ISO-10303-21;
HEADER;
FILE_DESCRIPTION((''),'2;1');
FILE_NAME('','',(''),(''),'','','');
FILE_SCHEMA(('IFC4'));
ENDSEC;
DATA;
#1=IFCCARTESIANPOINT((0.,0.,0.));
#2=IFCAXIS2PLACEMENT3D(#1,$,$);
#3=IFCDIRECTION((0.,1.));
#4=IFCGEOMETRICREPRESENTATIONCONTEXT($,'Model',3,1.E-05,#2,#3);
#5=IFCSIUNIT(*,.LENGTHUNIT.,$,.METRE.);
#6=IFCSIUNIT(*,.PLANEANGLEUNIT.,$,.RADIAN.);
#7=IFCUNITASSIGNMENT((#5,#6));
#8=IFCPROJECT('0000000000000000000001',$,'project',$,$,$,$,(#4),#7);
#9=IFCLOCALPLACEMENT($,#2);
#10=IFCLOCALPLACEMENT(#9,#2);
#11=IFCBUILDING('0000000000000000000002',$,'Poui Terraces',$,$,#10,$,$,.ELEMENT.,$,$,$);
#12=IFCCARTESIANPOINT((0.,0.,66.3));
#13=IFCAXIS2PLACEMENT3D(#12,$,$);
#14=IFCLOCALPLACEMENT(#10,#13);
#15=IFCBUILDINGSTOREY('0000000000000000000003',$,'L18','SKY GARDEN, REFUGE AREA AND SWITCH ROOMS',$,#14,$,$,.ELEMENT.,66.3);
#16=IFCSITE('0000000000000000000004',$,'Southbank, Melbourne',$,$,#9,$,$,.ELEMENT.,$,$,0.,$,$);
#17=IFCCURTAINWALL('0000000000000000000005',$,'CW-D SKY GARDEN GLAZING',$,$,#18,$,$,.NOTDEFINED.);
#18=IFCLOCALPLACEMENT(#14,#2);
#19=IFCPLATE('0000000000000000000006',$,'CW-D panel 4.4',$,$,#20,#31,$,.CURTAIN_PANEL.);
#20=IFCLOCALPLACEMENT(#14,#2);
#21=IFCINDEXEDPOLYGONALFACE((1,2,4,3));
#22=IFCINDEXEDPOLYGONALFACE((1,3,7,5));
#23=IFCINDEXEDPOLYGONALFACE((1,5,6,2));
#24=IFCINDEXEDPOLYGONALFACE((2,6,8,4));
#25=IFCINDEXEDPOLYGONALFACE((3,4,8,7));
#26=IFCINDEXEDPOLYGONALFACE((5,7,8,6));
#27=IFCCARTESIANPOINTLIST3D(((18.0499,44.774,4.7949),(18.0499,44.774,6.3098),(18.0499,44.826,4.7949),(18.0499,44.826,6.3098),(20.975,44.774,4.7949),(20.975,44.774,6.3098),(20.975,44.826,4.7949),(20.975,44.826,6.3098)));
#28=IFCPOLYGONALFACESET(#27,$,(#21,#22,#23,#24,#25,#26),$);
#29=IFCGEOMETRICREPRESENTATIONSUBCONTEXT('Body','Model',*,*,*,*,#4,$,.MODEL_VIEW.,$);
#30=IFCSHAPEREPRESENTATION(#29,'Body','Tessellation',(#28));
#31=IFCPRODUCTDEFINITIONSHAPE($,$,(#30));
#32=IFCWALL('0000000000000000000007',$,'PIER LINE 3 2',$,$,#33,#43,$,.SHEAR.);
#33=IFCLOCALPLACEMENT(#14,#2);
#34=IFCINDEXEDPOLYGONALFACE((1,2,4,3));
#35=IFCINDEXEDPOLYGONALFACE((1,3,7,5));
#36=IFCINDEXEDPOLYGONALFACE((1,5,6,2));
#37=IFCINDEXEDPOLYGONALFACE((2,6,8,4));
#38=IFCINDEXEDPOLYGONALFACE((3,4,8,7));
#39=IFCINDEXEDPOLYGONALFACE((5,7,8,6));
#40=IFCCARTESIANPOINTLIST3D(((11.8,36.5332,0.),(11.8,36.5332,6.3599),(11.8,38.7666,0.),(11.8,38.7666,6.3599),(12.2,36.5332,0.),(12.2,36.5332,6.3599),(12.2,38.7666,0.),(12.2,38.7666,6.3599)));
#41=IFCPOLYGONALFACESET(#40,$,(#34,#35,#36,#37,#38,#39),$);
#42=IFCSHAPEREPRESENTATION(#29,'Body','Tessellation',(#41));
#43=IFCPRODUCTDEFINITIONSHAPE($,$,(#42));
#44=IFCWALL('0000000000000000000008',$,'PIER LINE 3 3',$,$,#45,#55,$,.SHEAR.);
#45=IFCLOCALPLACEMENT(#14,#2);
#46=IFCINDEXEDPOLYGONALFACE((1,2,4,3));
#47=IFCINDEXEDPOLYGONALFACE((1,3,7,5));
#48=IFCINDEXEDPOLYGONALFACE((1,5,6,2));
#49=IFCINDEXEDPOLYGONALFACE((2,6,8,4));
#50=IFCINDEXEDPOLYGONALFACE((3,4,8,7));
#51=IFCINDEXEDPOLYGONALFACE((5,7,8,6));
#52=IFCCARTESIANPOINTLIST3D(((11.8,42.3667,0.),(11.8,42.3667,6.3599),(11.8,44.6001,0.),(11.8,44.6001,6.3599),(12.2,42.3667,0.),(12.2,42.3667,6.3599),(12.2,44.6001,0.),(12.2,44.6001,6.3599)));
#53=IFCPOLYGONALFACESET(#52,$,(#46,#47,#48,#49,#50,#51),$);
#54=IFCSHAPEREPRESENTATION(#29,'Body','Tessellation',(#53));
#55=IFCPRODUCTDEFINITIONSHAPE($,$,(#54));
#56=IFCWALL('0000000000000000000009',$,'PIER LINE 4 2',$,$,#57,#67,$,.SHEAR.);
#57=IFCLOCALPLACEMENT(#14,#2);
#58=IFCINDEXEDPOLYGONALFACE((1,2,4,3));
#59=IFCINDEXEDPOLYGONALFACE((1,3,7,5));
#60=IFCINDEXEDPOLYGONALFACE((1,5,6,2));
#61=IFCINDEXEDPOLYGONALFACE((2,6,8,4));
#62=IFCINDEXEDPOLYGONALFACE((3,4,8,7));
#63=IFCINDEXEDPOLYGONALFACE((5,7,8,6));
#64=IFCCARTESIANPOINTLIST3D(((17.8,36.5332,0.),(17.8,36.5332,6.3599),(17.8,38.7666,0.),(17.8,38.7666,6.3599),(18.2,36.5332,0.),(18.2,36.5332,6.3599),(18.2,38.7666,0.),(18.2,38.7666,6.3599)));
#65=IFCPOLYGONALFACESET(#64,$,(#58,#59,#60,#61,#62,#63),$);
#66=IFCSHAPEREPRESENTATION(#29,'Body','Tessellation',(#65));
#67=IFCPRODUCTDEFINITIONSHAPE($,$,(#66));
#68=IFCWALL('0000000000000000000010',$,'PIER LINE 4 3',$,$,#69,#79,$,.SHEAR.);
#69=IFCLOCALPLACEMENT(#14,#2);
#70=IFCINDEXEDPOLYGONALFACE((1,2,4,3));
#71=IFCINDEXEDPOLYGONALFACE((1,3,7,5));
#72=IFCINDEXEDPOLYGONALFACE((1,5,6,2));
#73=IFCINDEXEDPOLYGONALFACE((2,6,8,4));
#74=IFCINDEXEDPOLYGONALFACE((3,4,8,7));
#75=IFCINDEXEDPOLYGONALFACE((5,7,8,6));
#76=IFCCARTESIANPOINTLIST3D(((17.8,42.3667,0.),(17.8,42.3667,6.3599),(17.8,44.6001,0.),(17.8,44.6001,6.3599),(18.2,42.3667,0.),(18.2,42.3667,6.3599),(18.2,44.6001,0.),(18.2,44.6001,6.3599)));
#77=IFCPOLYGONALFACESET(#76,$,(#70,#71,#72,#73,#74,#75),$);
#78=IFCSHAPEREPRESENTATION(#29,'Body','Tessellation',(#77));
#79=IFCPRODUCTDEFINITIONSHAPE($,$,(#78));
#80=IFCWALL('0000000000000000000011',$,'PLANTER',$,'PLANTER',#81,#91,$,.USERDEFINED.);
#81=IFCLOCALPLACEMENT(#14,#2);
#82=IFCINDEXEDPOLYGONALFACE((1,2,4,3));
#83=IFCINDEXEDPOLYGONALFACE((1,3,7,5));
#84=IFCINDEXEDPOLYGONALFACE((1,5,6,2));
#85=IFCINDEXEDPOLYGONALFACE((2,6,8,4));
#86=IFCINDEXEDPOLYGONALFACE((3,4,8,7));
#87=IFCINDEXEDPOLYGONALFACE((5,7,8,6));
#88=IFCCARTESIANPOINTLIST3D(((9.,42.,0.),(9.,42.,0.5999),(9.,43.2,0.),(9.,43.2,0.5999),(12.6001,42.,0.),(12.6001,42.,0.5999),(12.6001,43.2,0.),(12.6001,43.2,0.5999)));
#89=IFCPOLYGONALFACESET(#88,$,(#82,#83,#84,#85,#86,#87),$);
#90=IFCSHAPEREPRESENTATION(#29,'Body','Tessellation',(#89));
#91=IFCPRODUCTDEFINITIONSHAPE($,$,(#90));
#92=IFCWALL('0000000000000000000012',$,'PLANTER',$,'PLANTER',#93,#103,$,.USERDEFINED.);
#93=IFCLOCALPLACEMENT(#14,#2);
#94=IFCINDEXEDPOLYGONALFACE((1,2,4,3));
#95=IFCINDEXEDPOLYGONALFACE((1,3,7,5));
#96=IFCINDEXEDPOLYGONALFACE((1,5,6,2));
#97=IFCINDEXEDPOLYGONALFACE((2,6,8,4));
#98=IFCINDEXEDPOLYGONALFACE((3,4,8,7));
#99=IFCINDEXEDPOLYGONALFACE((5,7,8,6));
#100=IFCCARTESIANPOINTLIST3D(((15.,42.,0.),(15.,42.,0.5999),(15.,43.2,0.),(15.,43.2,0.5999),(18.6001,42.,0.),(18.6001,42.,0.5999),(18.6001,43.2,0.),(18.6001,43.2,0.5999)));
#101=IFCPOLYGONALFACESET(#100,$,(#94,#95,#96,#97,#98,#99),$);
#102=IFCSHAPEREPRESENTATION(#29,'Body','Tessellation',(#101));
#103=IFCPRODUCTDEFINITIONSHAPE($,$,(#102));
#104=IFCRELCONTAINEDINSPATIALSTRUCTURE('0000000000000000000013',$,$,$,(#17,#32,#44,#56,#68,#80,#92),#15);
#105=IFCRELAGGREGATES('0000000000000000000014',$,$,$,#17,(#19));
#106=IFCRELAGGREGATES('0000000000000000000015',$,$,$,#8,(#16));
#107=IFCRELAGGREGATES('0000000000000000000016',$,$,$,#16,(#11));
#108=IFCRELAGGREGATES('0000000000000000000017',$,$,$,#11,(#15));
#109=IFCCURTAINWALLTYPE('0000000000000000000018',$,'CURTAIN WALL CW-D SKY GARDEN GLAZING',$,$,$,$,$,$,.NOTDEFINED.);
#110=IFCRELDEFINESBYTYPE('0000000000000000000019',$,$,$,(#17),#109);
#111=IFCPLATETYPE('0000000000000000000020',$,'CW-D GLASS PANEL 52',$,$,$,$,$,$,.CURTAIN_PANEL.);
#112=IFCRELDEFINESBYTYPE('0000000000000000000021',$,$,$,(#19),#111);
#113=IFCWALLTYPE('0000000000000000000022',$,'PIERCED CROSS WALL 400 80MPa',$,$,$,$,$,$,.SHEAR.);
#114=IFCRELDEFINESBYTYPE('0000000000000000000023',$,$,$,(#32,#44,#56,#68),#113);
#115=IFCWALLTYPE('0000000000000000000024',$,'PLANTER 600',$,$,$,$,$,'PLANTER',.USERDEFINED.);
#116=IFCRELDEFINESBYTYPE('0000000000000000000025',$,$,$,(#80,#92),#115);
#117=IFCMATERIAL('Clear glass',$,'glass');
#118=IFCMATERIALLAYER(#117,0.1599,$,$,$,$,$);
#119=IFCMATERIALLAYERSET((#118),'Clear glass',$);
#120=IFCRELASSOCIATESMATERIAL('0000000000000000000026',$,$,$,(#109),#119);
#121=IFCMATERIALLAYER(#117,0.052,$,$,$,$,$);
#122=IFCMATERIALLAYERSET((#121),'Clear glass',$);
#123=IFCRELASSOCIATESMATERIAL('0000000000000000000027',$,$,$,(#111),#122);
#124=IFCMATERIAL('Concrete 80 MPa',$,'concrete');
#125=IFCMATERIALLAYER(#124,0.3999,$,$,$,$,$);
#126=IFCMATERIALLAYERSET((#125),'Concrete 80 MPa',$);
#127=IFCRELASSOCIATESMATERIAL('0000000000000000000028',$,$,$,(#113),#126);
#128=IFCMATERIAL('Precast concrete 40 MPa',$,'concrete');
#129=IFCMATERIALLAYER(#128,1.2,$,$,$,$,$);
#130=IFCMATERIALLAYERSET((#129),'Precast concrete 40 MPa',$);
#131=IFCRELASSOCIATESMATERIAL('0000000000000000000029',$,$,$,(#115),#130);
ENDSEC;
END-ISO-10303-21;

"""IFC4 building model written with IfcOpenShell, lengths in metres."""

from ifc_helpers import new_model, si_unit, direction, frame, frame_2d, origin, origin_2d, place, context, subcontext, project, spatial, polyline, rectangle, outline, extrude, source, transform, mapped, material, layer, layer_set, type_object, element, aggregate, save


model = new_model("IFC4")

# Units and contexts
model_context = context("Model", 3, precision=1e-05, world=origin(), true_north=direction((0.0, 1.0)))
body_context = subcontext(model_context, "Body", "Model", "MODEL_VIEW")
ifc_project = project(units=[si_unit("LENGTHUNIT", "METRE"), si_unit("PLANEANGLEUNIT", "RADIAN")], contexts=[model_context])

# Site, building, storey
site_placement = place(None, origin())
site = spatial("IfcSite", under=ifc_project, at=site_placement, Name="Southbank, Melbourne", CompositionType="ELEMENT", RefElevation=0.0)
building_placement = place(site_placement, origin())
building = spatial("IfcBuilding", under=site, at=building_placement, Name="Poui Terraces", CompositionType="ELEMENT")
storey_placement = place(building_placement, frame((0.0, 0.0, 66.3)))
storey = spatial("IfcBuildingStorey", under=building, at=storey_placement, Name="L18", Description="SKY GARDEN, REFUGE AREA AND SWITCH ROOMS", CompositionType="ELEMENT", Elevation=66.3)

# Shared definitions
ifc_material_1 = material(Name="Clear glass", Category="glass")
ifc_layer_1 = layer(ifc_material_1, 0.1599)
ifc_layer_set_1 = layer_set([ifc_layer_1], Name="Clear glass")
curtain_wall_type = type_object("IfcCurtainWallType", Name="CURTAIN WALL CW-D SKY GARDEN GLAZING", PredefinedType="NOTDEFINED", material=ifc_layer_set_1)

# Curtain wall
curtain_wall_1_placement = place(storey_placement, origin())
curtain_wall_1 = element("IfcCurtainWall", 1, at=curtain_wall_1_placement, inside=storey, type_object=curtain_wall_type, Name="CW-D SKY GARDEN GLAZING", PredefinedType="NOTDEFINED")

# Shared definitions
ifc_material_2 = material(Name="Concrete 80 MPa", Category="concrete")

# Plate
ifc_layer_2 = layer(ifc_material_1, 0.052)
ifc_layer_set_2 = layer_set([ifc_layer_2], Name="Clear glass")
plate_type = type_object("IfcPlateType", Name="CW-D GLASS PANEL 52", PredefinedType="CURTAIN_PANEL", material=ifc_layer_set_2)
plate_1_placement = place(storey_placement, frame((19.5125, 44.8, 4.7949), z_axis=(0.0, 0.0, 1.0), x_axis=(-1.0, 0.0, 0.0)))
plate_1 = element("IfcPlate", 2, at=plate_1_placement, type_object=plate_type, Name="CW-D panel 4.4", PredefinedType="CURTAIN_PANEL", context=body_context, shape_type="SweptSolid", body=[
    extrude(rectangle(XDim=2.925, YDim=0.052, at=origin_2d()), origin(), (0.0, 0.0, 1.0), 1.5149),
])
aggregate(curtain_wall_1, [plate_1])

# Walls
ifc_layer_3 = layer(ifc_material_2, 0.3999)
ifc_layer_set_3 = layer_set([ifc_layer_3], Name="Concrete 80 MPa")
wall_type_1 = type_object("IfcWallType", Name="PIERCED CROSS WALL 400 80MPa", PredefinedType="SHEAR", material=ifc_layer_set_3)
for number, where, z_axis, x_axis, name in (
    (3, (12.0, 36.5332, 0.0), (0.0, 0.0, 1.0), (0.0, 1.0, 0.0), "PIER LINE 3 2"),
    (4, (12.0, 42.3667, 0.0), (0.0, 0.0, 1.0), (0.0, 1.0, 0.0), "PIER LINE 3 3"),
    (5, (18.0, 36.5332, 0.0), (0.0, 0.0, 1.0), (0.0, 1.0, 0.0), "PIER LINE 4 2"),
    (6, (18.0, 42.3667, 0.0), (0.0, 0.0, 1.0), (0.0, 1.0, 0.0), "PIER LINE 4 3"),
):
    element("IfcWall", number, at=place(storey_placement, frame(where, z_axis=z_axis, x_axis=x_axis)), inside=storey, type_object=wall_type_1, Name=name, PredefinedType="SHEAR", context=body_context, shape_type="SweptSolid", body=[
        extrude(rectangle(XDim=2.2334, YDim=0.3999, at=frame_2d((1.1167, 0.0))), origin(), (0.0, 0.0, 1.0), 6.3599),
    ])
ifc_material_3 = material(Name="Precast concrete 40 MPa", Category="concrete")
ifc_layer_4 = layer(ifc_material_3, 1.2)
ifc_layer_set_4 = layer_set([ifc_layer_4], Name="Precast concrete 40 MPa")
wall_type_2 = type_object("IfcWallType", Name="PLANTER 600", ElementType="PLANTER", PredefinedType="USERDEFINED", material=ifc_layer_set_4)
shared_shape_1 = source(origin(), body_context, "Body", "SweptSolid", [
    extrude(outline(polyline([(0.0, 0.0), (3.6001, 0.0), (3.6001, 1.2), (0.0, 1.2), (0.0, 0.0)])), origin(), (0.0, 0.0, 1.0), 0.5999),
])
for number, where, name in (
    (7, (9.0, 42.0, 0.0), "PLANTER"),
    (8, (15.0, 42.0, 0.0), "PLANTER"),
):
    element("IfcWall", number, at=place(storey_placement, frame(where)), inside=storey, type_object=wall_type_2, Name=name, ObjectType="PLANTER", PredefinedType="USERDEFINED", context=body_context, shape_type="MappedRepresentation", body=[
        mapped(shared_shape_1, transform((0.0, 0.0, 0.0))),
    ])

save(model, "model.ifc")
